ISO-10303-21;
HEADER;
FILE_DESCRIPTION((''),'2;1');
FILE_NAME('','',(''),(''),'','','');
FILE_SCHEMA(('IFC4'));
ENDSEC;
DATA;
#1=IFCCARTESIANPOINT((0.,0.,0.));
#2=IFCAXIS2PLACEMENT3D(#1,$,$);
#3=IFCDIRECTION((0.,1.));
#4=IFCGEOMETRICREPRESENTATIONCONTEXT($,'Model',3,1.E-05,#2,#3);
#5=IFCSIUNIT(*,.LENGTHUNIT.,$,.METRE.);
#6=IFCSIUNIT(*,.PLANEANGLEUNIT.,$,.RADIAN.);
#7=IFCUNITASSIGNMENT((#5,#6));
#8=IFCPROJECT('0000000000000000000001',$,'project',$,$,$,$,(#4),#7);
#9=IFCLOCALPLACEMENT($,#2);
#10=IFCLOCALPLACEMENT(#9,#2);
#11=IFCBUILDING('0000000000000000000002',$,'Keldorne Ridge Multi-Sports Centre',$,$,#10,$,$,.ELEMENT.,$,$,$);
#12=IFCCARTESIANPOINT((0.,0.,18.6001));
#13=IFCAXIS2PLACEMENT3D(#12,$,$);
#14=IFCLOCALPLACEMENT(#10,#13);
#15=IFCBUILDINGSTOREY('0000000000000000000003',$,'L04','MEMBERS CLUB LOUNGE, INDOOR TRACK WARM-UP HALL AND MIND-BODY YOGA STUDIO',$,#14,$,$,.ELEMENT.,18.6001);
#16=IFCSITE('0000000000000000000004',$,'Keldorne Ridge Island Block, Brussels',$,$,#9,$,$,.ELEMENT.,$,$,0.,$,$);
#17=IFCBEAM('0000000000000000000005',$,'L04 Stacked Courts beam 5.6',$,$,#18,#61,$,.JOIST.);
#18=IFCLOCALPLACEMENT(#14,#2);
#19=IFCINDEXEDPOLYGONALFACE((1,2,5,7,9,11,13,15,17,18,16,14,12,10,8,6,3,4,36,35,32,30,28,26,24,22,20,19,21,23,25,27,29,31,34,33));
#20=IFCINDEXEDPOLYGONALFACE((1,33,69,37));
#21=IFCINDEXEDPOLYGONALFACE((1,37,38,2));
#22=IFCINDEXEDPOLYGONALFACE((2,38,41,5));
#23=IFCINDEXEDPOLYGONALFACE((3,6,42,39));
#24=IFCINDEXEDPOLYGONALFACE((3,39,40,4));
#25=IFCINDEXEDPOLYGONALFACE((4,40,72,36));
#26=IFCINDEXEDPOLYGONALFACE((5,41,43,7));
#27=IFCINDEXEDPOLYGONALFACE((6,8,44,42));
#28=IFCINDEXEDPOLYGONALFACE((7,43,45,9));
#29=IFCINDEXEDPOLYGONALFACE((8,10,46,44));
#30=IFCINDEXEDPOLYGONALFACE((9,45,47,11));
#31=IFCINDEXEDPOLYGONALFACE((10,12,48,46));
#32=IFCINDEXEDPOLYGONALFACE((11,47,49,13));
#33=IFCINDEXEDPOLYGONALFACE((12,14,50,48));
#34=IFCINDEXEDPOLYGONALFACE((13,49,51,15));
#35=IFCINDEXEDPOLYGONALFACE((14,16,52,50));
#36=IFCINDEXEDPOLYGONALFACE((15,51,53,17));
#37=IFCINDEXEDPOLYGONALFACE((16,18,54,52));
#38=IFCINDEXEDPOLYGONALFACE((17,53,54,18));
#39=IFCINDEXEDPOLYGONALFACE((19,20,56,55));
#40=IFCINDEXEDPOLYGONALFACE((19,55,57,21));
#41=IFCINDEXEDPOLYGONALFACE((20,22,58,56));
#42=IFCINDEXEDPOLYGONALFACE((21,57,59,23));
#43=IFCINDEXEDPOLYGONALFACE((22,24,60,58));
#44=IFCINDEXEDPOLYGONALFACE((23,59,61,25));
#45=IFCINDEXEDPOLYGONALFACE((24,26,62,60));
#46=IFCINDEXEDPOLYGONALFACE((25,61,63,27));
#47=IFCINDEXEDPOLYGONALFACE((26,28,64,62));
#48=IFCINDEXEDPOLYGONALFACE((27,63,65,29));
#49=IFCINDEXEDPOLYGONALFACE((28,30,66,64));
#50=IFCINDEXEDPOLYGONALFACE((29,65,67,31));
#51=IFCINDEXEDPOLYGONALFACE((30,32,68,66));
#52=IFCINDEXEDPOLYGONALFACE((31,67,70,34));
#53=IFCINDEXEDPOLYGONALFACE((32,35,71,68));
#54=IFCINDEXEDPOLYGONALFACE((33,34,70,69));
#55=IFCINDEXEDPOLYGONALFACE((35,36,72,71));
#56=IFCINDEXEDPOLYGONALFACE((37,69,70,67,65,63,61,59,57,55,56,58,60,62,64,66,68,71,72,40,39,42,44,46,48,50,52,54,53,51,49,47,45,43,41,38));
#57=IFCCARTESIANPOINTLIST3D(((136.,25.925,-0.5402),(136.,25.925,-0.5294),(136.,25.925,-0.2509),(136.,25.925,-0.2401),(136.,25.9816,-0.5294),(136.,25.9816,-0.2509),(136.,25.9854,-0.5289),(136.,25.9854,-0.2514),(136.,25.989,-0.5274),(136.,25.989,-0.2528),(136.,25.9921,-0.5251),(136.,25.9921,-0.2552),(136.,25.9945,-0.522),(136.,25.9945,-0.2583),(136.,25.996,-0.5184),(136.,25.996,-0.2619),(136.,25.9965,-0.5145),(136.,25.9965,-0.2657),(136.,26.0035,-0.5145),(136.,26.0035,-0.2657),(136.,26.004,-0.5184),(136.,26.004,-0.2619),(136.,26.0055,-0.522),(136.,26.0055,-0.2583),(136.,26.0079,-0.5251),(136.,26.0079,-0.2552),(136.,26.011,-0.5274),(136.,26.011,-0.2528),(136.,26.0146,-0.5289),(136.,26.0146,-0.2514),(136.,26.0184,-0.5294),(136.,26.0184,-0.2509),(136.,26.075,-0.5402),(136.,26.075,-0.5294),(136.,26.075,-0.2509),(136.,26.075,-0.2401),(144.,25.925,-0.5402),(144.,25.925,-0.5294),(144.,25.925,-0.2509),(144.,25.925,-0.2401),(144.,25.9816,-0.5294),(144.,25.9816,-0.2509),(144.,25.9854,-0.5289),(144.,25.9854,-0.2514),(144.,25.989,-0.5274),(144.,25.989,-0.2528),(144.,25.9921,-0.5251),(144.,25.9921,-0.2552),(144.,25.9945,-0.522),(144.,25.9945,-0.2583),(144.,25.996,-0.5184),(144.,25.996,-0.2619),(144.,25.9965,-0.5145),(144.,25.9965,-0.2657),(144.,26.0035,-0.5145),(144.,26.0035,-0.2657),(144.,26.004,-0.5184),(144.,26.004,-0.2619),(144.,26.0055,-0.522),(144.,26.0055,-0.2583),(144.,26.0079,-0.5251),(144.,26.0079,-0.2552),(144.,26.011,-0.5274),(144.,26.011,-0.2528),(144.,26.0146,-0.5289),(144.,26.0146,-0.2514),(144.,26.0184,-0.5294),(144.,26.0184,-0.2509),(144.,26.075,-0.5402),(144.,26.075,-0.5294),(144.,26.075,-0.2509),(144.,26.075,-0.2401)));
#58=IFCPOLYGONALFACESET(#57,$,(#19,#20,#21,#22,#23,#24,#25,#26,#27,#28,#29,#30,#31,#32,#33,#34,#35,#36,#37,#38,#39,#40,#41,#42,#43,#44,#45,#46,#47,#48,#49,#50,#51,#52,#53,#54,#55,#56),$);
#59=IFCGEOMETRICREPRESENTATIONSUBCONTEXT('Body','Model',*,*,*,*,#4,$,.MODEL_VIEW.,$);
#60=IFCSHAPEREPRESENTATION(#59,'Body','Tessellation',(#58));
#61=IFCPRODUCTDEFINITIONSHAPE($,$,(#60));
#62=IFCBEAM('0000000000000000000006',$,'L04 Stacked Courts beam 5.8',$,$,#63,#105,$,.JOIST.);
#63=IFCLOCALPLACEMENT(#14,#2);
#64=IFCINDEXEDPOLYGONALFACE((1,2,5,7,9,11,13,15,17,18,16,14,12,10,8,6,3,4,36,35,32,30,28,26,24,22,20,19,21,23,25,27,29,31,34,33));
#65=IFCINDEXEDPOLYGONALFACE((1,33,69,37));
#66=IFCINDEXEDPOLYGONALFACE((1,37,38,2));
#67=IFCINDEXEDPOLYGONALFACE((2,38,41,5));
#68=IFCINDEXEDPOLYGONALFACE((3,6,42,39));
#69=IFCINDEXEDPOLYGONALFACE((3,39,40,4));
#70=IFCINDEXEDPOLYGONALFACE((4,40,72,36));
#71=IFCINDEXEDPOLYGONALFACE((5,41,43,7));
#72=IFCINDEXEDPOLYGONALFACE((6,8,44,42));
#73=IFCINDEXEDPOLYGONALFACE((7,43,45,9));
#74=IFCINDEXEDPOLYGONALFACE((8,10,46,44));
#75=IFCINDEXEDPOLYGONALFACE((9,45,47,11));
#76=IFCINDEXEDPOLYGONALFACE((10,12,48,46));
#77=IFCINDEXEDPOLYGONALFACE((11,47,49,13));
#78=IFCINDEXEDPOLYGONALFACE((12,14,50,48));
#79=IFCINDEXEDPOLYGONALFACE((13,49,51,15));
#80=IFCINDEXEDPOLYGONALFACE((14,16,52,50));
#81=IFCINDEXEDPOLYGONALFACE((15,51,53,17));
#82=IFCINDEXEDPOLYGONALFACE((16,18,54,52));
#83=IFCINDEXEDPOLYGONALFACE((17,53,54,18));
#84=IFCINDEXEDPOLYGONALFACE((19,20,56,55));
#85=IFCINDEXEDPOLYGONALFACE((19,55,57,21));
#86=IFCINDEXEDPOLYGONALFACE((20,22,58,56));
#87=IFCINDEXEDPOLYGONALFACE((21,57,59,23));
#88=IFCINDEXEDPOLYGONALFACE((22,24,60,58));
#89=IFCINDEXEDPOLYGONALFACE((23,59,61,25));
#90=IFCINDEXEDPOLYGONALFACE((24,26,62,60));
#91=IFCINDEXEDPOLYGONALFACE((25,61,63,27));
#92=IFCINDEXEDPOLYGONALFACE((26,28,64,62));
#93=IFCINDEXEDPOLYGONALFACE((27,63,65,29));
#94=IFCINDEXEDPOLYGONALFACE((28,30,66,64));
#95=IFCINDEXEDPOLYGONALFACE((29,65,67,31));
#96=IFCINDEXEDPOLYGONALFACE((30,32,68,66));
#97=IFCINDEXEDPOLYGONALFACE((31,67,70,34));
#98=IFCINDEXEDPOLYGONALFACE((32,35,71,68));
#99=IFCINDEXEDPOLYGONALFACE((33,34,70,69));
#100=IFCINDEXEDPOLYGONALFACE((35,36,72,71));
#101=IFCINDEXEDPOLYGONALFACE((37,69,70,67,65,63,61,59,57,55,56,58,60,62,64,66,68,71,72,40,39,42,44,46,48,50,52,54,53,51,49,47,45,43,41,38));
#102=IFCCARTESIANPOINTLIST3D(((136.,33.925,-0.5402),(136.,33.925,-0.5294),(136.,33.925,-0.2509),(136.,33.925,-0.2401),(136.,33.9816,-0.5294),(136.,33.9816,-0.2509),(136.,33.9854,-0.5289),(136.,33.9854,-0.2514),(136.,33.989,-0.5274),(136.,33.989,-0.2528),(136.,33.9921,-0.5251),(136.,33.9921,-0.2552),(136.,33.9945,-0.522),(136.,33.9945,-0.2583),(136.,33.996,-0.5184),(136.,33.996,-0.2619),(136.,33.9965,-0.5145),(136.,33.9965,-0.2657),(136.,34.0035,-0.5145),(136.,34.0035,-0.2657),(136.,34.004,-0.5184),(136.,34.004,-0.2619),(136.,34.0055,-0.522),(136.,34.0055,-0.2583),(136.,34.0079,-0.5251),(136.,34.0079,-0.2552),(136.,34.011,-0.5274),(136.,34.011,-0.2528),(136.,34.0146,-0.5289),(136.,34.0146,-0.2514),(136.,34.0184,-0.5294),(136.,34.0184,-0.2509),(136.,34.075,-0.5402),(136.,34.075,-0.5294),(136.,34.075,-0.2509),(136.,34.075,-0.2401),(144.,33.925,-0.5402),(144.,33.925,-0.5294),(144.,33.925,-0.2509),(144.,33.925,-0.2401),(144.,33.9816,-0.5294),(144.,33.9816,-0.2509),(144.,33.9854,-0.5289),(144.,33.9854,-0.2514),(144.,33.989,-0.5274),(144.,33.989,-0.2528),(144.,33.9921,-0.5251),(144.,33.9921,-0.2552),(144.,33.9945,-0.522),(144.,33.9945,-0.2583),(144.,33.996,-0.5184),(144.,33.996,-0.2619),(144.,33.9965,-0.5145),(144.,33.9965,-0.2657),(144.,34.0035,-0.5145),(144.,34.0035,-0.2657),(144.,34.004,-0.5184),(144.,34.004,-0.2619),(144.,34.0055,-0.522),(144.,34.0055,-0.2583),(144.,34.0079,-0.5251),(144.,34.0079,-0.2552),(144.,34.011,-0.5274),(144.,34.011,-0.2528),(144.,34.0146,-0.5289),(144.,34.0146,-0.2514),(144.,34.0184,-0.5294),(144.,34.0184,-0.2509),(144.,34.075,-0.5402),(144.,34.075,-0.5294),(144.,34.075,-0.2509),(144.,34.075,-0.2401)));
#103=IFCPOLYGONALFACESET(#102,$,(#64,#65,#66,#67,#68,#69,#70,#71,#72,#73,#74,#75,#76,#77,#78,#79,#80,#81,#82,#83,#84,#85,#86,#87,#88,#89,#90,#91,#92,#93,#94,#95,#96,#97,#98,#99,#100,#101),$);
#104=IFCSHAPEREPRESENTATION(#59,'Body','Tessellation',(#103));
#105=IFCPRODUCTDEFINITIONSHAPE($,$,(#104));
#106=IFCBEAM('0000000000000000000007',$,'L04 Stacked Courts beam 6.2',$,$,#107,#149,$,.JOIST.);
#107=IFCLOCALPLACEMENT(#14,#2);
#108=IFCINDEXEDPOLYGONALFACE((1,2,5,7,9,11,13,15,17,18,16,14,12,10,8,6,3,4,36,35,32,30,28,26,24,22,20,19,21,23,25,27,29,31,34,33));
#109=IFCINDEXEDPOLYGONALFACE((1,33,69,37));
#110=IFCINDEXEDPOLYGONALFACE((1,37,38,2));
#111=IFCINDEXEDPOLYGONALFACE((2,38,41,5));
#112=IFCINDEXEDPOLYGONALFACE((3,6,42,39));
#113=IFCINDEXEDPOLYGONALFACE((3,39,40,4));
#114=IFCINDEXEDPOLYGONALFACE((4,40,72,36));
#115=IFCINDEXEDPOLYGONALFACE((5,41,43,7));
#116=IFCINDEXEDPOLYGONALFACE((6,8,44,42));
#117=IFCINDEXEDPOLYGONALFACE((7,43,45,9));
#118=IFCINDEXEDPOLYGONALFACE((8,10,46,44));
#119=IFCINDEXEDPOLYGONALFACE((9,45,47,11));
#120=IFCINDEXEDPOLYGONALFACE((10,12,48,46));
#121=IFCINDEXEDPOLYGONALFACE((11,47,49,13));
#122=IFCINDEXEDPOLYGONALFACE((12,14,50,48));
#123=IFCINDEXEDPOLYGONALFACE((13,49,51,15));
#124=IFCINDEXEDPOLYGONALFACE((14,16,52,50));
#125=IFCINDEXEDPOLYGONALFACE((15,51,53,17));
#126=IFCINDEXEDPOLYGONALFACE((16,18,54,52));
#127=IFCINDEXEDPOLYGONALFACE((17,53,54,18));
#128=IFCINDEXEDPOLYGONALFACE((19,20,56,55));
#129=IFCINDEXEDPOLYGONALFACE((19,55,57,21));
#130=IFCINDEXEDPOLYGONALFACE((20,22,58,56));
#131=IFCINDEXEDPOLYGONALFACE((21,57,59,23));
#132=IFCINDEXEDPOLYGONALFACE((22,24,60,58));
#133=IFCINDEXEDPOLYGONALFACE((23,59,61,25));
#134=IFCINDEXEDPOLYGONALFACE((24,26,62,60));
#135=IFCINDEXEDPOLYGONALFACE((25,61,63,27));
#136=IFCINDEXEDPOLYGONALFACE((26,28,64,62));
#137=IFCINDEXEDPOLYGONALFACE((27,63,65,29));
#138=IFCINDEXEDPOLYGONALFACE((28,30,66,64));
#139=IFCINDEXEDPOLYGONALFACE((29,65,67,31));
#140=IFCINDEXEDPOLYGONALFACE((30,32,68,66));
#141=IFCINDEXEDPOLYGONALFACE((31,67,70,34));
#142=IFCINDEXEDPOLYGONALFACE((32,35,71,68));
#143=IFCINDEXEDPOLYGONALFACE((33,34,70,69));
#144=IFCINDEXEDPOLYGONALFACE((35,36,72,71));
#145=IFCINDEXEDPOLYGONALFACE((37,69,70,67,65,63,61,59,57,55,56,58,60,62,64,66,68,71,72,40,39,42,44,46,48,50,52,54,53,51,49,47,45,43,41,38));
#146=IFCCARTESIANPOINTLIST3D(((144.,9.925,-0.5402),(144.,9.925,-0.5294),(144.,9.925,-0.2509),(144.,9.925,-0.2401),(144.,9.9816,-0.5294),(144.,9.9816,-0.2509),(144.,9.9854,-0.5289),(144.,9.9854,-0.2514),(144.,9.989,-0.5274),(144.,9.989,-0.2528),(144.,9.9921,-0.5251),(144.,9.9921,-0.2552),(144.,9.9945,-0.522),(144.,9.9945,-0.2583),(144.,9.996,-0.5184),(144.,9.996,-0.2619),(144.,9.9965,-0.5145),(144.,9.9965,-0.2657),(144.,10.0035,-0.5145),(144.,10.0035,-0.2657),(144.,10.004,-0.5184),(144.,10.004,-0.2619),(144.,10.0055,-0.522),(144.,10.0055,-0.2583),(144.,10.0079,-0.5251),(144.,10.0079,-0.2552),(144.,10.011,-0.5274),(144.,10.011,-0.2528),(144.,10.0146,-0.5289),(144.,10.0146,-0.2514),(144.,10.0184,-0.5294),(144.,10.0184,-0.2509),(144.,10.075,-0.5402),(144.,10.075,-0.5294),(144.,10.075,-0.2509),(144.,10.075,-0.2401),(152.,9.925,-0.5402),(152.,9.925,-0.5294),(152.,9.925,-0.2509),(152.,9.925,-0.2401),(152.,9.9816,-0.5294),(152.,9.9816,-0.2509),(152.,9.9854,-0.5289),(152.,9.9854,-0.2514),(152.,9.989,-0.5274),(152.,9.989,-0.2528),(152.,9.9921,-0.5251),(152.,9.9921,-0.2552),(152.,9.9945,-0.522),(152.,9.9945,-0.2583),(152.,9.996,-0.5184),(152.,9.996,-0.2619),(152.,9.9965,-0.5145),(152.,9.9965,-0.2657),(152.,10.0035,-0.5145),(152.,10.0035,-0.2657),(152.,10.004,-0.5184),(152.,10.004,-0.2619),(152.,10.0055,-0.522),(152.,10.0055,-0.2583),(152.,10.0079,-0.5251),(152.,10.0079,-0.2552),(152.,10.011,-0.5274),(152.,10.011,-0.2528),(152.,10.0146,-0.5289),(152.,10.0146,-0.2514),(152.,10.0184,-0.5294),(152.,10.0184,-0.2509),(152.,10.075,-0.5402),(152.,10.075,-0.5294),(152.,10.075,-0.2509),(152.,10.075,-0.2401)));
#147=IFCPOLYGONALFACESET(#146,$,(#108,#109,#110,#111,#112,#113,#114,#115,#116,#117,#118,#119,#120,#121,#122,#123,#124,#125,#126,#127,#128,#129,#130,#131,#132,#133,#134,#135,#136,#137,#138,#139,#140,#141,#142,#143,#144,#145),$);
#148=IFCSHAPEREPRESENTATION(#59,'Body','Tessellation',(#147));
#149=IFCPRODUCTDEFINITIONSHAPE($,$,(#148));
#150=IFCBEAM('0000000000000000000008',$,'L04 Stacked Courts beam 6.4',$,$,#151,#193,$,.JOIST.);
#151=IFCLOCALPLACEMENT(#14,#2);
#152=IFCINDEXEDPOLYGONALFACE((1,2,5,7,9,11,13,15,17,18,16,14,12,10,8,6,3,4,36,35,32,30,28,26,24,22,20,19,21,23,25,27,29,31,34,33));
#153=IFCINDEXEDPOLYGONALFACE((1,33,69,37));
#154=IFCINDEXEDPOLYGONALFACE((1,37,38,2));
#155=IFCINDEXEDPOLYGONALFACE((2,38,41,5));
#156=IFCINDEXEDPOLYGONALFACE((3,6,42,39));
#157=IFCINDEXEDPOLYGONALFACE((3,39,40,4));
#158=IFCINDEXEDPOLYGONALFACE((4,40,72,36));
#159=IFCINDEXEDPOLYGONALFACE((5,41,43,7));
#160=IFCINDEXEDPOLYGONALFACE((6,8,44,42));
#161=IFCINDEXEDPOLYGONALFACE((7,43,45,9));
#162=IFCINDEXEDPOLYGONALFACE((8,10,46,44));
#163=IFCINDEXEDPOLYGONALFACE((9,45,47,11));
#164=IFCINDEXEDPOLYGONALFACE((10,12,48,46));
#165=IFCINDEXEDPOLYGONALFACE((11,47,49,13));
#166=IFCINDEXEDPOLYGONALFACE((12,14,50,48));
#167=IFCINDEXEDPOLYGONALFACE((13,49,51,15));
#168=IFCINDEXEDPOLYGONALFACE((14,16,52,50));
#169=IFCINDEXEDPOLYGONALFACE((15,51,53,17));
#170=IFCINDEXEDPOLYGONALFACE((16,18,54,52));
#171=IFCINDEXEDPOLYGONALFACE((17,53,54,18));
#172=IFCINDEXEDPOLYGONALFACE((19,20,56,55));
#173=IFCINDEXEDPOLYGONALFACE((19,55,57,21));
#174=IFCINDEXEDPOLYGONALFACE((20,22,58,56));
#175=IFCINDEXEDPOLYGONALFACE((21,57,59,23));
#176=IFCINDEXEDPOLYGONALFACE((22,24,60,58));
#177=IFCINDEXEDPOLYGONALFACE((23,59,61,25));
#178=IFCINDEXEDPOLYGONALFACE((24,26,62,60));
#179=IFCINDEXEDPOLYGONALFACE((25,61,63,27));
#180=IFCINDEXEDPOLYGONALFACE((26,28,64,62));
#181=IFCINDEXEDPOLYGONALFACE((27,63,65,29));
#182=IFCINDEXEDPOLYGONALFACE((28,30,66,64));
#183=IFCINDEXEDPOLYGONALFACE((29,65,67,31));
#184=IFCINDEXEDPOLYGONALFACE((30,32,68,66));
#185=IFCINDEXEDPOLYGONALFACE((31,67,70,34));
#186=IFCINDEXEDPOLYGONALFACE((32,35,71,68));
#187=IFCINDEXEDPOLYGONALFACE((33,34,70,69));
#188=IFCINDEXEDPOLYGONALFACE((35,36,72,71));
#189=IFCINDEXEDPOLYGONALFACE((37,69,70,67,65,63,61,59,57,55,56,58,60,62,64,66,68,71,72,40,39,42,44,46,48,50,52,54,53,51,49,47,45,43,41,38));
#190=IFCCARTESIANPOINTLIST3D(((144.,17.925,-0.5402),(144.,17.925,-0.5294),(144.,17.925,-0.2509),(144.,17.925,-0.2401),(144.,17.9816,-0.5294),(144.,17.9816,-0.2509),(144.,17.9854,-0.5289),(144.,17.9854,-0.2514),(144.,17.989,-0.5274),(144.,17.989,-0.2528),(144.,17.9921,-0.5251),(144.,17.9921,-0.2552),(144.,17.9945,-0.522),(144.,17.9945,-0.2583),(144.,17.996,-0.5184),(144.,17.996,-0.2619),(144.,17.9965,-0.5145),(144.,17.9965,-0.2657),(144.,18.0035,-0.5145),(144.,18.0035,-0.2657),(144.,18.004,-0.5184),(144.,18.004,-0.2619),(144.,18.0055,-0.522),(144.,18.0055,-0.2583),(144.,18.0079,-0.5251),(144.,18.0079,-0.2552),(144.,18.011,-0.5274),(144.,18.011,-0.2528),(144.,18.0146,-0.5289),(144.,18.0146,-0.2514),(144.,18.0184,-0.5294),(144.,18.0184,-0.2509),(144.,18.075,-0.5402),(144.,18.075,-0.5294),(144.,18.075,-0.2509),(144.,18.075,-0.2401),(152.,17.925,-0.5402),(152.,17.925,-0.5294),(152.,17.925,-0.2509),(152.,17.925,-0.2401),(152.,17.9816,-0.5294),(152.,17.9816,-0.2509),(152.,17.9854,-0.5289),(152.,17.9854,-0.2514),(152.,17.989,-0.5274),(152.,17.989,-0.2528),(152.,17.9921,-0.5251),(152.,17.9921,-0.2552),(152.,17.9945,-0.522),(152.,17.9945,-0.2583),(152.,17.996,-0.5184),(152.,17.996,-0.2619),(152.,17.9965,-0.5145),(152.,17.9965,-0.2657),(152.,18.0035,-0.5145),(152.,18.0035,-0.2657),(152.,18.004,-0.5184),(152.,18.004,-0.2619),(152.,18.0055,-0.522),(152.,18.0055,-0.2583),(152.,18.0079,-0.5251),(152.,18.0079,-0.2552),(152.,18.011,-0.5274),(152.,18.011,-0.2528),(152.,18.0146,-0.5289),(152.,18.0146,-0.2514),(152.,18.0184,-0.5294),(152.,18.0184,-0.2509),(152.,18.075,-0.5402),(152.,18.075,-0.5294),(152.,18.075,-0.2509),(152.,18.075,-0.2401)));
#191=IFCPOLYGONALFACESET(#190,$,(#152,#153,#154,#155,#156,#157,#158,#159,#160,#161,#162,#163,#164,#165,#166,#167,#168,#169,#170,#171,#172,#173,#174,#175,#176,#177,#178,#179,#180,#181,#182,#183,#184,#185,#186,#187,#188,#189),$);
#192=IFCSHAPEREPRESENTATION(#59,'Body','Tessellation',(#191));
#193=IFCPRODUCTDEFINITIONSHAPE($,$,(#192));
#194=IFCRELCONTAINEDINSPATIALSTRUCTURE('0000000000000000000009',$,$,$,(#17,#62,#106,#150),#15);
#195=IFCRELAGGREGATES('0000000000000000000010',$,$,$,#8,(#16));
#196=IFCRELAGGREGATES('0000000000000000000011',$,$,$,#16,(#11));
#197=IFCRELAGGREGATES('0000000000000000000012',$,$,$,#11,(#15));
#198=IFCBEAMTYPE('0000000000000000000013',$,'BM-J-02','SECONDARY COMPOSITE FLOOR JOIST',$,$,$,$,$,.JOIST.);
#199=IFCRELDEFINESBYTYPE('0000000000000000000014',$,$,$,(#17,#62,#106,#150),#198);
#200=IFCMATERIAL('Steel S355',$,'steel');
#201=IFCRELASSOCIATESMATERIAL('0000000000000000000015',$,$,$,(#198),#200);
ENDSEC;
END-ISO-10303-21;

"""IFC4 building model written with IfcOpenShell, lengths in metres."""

from ifc_helpers import new_model, si_unit, direction, frame, origin, origin_2d, place, context, subcontext, project, spatial, i_section, extrude, material, material_profile, profile_set, type_object, element, save


model = new_model("IFC4")

# Units and contexts
model_context = context("Model", 3, precision=1e-05, world=origin(), true_north=direction((0.0, 1.0)))
body_context = subcontext(model_context, "Body", "Model", "MODEL_VIEW")
ifc_project = project(units=[si_unit("LENGTHUNIT", "METRE"), si_unit("PLANEANGLEUNIT", "RADIAN")], contexts=[model_context])

# Site, building, storey
site_placement = place(None, origin())
site = spatial("IfcSite", under=ifc_project, at=site_placement, Name="Keldorne Ridge Island Block, Brussels", CompositionType="ELEMENT", RefElevation=0.0)
building_placement = place(site_placement, origin())
building = spatial("IfcBuilding", under=site, at=building_placement, Name="Keldorne Ridge Multi-Sports Centre", CompositionType="ELEMENT")
storey_placement = place(building_placement, frame((0.0, 0.0, 18.6001)))
storey = spatial("IfcBuildingStorey", under=building, at=storey_placement, Name="L04", Description="MEMBERS CLUB LOUNGE, INDOOR TRACK WARM-UP HALL AND MIND-BODY YOGA STUDIO", CompositionType="ELEMENT", Elevation=18.6001)

# Beams
ifc_material = material(Name="Steel S355", Category="steel")
ifc_material_profile_1 = material_profile(ifc_material, i_section(OverallWidth=0.1499, OverallDepth=0.3, WebThickness=0.0071, FlangeThickness=0.0107, FilletRadius=0.0149, at=origin_2d()), Name="IPE 300")
ifc_profile_set_1 = profile_set([ifc_material_profile_1], Name="Steel S355")
beam_type_1 = type_object("IfcBeamType", Name="BM-J-02", Description="SECONDARY COMPOSITE FLOOR JOIST", PredefinedType="JOIST", material=ifc_profile_set_1)
for number, where, z_axis, x_axis, name in (
    (1, (136.0, 26.0, -0.3901), (1.0, 0.0, 0.0), (0.0, 1.0, 0.0), "L04 Stacked Courts beam 5.6"),
    (2, (136.0, 34.0, -0.3901), (1.0, 0.0, 0.0), (0.0, 1.0, 0.0), "L04 Stacked Courts beam 5.8"),
    (3, (144.0, 10.0, -0.3901), (1.0, 0.0, 0.0), (0.0, 1.0, 0.0), "L04 Stacked Courts beam 6.2"),
    (4, (144.0, 18.0, -0.3901), (1.0, 0.0, 0.0), (0.0, 1.0, 0.0), "L04 Stacked Courts beam 6.4"),
):
    element("IfcBeam", number, at=place(storey_placement, frame(where, z_axis=z_axis, x_axis=x_axis)), inside=storey, type_object=beam_type_1, Name=name, PredefinedType="JOIST", context=body_context, shape_type="SweptSolid", body=[
        extrude(i_section(OverallWidth=0.1499, OverallDepth=0.3, WebThickness=0.0071, FlangeThickness=0.0107, FilletRadius=0.0149, at=origin_2d()), origin(), (0.0, 0.0, 1.0), 8.0),
    ])

save(model, "model.ifc")
